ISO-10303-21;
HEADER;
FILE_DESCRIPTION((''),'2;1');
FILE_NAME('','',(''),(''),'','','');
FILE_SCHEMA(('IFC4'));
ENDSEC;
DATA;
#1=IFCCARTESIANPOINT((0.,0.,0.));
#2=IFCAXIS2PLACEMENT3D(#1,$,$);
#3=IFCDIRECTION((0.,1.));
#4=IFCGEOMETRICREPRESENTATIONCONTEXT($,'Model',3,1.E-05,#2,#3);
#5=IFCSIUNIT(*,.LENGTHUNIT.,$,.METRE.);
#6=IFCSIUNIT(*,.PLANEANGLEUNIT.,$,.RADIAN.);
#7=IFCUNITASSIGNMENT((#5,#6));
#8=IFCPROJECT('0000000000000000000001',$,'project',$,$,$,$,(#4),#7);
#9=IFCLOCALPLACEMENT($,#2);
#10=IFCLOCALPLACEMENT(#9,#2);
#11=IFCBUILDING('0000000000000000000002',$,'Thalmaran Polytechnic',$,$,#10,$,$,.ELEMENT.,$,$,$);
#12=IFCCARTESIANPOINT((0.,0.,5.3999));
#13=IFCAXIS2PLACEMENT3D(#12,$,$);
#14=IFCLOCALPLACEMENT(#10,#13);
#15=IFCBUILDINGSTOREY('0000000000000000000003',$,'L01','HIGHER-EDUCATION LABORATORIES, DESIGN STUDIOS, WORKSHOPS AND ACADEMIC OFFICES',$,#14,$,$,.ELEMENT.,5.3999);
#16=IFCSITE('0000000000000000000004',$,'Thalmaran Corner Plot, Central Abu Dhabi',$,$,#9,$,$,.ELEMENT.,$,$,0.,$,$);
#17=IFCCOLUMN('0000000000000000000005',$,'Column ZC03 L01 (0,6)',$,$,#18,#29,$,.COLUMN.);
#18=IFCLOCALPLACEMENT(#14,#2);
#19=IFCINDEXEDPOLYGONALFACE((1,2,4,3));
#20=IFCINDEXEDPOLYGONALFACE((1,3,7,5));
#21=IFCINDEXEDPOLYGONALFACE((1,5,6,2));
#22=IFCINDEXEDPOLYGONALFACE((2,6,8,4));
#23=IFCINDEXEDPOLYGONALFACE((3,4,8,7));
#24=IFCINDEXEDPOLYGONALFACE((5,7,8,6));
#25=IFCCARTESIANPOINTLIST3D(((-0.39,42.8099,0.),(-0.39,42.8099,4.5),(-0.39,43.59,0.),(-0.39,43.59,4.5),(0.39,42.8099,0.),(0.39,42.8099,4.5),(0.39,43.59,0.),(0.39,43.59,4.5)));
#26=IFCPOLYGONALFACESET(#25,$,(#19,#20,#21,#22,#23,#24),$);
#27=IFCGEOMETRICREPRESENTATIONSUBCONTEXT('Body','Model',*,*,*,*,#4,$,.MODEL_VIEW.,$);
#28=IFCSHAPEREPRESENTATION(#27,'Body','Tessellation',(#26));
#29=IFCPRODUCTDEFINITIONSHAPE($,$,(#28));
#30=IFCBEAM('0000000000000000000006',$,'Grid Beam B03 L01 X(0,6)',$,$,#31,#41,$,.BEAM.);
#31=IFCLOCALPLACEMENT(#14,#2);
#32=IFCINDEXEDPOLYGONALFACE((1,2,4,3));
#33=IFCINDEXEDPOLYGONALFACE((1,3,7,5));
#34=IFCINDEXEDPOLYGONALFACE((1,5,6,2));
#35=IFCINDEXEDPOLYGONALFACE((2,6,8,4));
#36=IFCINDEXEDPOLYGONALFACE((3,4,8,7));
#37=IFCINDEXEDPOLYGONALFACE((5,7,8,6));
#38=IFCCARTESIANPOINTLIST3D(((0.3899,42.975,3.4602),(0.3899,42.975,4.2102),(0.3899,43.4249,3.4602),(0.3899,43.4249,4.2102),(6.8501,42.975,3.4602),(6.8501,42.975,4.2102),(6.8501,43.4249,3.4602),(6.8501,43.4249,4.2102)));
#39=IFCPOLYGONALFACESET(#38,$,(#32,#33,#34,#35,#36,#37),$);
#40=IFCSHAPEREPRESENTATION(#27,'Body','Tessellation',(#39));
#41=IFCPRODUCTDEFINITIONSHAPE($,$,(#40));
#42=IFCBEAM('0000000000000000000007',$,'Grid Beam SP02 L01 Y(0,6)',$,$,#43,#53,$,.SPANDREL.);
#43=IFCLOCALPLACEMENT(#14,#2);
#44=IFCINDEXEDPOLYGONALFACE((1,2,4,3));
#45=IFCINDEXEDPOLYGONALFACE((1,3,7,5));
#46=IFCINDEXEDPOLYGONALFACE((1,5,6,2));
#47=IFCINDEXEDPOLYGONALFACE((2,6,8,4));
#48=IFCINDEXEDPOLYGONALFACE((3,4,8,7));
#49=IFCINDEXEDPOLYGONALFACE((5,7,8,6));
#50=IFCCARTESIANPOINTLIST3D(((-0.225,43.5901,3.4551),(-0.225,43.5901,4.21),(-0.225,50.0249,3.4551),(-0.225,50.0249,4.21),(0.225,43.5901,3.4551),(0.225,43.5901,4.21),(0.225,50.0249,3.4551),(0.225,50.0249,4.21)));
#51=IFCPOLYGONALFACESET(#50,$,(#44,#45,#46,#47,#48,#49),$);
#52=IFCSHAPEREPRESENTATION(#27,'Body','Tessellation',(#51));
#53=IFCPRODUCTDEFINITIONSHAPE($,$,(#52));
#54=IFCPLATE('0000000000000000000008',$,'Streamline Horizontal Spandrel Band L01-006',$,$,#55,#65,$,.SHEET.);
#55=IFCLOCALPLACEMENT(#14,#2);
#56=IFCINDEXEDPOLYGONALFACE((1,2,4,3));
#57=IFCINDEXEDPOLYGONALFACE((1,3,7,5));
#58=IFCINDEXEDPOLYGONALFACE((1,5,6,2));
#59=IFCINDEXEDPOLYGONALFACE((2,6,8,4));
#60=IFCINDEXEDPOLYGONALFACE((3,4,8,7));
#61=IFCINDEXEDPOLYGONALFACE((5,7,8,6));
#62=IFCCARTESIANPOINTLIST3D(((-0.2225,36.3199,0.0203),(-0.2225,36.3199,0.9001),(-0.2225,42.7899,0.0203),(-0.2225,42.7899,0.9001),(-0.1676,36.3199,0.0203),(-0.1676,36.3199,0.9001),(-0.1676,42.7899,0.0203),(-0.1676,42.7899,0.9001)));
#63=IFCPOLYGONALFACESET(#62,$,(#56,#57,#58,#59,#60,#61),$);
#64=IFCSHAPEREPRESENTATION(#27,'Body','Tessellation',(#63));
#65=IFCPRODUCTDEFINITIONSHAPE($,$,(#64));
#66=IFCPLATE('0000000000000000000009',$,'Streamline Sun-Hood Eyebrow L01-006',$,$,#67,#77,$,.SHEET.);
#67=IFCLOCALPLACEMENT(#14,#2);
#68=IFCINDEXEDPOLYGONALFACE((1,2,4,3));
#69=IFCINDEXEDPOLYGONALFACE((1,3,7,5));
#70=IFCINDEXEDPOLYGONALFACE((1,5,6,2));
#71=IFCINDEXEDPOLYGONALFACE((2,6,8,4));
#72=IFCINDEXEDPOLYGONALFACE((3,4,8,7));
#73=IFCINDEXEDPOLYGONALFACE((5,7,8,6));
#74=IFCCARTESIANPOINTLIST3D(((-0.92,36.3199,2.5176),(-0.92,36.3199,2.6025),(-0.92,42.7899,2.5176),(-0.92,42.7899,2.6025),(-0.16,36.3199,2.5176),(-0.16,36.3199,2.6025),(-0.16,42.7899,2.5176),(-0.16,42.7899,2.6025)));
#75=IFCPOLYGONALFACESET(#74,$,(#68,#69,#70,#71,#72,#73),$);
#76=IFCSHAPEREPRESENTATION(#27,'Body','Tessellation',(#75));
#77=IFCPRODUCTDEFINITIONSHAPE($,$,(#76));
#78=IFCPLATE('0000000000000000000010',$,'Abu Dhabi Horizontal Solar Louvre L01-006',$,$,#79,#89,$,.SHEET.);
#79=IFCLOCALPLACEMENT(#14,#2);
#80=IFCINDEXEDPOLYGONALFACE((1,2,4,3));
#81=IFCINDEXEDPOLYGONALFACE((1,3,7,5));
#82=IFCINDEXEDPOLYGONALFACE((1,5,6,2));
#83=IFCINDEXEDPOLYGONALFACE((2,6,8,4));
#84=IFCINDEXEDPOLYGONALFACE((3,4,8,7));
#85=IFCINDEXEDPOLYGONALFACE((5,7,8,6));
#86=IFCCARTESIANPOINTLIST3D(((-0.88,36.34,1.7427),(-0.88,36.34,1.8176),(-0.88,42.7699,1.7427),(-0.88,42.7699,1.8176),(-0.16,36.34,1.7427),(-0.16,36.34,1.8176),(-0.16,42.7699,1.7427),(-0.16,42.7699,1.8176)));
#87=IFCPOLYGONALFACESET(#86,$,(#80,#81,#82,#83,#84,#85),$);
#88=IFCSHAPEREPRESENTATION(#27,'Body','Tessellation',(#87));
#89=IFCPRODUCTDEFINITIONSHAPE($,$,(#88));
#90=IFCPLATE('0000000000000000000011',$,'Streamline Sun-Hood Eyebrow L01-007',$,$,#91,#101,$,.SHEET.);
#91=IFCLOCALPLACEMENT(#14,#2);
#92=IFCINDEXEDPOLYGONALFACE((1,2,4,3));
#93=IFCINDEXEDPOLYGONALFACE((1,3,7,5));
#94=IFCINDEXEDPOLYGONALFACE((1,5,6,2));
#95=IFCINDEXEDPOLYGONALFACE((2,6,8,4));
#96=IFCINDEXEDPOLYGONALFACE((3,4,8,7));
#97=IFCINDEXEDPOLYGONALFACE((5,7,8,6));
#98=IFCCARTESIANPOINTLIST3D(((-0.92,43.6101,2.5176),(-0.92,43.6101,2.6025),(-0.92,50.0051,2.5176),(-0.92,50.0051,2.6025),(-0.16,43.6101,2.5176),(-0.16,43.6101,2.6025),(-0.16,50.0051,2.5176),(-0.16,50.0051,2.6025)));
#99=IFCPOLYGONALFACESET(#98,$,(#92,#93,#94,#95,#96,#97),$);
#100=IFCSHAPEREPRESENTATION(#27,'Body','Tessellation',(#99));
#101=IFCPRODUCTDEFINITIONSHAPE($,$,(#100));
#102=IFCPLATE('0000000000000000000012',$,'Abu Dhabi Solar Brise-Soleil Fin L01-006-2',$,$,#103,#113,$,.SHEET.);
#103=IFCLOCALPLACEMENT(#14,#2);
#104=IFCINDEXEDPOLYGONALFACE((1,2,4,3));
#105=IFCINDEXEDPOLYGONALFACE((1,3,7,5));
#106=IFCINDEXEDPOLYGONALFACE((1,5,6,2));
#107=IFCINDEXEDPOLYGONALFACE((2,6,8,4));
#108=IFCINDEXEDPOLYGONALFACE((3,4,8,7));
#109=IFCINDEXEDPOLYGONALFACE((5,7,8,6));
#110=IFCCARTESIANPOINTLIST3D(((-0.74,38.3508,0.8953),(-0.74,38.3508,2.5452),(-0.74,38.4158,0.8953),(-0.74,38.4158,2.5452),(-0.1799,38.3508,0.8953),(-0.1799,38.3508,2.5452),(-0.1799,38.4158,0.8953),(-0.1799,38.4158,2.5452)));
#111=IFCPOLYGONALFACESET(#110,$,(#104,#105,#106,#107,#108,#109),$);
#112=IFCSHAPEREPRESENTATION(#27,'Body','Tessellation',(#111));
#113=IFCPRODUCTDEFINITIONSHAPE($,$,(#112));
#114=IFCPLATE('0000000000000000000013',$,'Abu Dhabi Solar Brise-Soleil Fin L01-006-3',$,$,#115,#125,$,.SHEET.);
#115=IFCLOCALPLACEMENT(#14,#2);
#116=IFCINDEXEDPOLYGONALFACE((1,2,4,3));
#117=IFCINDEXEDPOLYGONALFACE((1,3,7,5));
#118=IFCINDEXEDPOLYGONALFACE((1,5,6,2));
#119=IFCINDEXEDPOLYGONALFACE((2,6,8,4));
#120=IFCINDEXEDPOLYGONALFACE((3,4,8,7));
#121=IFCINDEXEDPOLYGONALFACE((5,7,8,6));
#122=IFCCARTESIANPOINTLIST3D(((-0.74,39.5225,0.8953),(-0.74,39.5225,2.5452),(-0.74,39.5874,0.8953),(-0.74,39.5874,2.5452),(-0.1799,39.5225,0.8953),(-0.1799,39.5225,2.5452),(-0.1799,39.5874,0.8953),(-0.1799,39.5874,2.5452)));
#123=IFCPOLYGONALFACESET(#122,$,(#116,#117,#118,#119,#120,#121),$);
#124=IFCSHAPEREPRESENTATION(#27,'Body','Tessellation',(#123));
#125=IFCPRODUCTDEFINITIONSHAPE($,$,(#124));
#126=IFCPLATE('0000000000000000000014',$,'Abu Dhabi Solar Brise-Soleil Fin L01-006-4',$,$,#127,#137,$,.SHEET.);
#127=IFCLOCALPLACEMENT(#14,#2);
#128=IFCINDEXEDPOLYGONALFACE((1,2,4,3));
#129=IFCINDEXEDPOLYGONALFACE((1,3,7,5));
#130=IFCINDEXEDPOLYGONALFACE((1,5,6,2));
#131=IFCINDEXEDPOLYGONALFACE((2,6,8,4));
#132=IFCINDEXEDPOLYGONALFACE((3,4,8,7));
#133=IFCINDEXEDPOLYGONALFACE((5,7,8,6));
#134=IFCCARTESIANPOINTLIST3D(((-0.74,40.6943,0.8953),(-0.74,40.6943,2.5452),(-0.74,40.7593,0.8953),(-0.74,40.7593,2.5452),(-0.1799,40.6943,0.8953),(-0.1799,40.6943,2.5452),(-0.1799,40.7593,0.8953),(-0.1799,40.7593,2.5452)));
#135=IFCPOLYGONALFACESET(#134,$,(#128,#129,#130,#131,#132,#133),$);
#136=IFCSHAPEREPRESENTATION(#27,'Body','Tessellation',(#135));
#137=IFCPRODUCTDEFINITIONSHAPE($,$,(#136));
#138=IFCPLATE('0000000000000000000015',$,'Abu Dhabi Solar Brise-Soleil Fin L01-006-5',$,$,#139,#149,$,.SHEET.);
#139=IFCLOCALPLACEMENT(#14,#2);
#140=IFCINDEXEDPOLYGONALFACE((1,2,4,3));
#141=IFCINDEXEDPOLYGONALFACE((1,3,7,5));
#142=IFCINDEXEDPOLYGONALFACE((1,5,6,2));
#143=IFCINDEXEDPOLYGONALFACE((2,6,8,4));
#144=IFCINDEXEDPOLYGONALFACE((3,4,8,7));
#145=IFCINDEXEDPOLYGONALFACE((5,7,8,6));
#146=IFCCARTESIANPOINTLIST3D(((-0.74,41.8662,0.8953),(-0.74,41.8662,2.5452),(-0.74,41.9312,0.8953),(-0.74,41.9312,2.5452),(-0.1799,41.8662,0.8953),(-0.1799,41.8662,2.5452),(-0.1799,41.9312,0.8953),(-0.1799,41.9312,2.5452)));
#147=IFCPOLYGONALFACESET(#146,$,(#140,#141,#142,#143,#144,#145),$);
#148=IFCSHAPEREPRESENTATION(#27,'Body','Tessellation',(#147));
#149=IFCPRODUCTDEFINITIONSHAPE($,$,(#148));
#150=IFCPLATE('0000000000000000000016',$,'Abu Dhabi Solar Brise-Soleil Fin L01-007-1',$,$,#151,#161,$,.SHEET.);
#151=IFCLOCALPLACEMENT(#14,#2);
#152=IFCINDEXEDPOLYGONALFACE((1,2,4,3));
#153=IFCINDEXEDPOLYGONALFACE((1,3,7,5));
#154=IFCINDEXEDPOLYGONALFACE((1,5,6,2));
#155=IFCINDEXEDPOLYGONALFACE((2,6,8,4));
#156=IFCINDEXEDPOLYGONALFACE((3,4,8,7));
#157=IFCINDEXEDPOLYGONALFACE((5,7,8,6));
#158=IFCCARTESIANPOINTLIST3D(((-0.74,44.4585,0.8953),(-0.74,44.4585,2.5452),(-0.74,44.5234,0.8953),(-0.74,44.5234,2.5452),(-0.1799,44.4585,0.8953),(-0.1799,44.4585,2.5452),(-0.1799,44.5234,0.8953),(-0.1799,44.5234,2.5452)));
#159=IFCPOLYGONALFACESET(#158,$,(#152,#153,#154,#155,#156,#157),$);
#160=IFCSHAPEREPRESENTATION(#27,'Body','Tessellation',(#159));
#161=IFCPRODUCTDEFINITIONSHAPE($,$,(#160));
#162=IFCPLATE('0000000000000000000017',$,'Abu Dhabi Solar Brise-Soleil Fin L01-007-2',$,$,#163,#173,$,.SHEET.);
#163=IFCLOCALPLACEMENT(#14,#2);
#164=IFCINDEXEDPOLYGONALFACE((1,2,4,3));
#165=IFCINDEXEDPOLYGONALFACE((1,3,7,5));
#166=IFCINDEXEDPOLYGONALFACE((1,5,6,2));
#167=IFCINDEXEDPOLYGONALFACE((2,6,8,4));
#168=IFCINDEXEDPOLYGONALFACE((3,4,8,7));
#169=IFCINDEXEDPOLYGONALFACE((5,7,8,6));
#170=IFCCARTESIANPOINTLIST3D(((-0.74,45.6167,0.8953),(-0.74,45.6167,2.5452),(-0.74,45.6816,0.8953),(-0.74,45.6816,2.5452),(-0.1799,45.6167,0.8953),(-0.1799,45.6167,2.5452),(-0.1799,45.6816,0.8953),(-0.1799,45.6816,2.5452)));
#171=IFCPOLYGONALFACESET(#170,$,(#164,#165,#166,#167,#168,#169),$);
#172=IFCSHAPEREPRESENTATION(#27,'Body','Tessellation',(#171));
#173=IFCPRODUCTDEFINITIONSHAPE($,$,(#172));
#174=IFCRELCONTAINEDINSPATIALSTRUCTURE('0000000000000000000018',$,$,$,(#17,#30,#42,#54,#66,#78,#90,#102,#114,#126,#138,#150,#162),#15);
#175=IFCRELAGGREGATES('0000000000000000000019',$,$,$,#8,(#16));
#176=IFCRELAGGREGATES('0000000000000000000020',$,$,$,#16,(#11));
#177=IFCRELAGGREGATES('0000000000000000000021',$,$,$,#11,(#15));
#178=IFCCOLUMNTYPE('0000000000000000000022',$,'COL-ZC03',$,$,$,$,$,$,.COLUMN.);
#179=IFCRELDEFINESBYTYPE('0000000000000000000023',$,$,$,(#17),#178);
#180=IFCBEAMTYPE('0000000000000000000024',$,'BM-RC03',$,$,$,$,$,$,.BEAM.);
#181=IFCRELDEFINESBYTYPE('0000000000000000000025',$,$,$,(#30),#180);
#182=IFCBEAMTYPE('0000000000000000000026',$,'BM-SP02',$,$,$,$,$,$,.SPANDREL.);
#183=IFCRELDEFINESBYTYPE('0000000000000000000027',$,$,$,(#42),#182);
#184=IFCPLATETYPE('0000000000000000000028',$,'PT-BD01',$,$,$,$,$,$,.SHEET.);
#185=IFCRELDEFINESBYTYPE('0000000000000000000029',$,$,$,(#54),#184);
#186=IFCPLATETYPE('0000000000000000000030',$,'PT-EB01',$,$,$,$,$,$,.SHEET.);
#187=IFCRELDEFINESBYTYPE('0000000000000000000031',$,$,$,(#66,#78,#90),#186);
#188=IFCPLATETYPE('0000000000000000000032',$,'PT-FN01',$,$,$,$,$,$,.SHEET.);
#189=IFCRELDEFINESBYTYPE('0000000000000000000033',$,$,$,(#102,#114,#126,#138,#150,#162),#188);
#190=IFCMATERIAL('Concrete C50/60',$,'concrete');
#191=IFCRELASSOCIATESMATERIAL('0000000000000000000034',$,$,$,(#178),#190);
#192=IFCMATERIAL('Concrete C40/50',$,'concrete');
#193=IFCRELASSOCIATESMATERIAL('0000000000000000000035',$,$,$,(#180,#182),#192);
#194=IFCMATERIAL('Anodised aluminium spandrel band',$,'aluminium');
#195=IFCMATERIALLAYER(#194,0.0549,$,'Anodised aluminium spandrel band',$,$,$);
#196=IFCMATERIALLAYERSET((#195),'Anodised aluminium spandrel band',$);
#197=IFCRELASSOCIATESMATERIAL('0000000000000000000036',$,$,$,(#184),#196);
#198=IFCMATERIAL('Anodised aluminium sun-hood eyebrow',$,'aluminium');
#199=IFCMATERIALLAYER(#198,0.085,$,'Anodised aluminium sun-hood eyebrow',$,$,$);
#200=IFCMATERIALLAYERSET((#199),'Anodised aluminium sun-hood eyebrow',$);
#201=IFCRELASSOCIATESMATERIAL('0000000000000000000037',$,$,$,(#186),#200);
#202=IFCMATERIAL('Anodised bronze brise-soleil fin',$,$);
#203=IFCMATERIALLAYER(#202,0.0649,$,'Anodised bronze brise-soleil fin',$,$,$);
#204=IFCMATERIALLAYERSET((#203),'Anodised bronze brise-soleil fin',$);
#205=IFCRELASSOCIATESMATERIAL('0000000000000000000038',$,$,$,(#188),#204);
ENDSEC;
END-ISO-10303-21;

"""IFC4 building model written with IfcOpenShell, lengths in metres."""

from ifc_helpers import new_model, si_unit, direction, frame, origin, origin_2d, place, context, subcontext, project, spatial, rectangle, extrude, material, layer, layer_set, material_profile, profile_set, type_object, element, save


model = new_model("IFC4")

# Units and contexts
model_context = context("Model", 3, precision=1e-05, world=origin(), true_north=direction((0.0, 1.0)))
body_context = subcontext(model_context, "Body", "Model", "MODEL_VIEW")
ifc_project = project(units=[si_unit("LENGTHUNIT", "METRE"), si_unit("PLANEANGLEUNIT", "RADIAN")], contexts=[model_context])

# Site, building, storey
site_placement = place(None, origin())
site = spatial("IfcSite", under=ifc_project, at=site_placement, Name="Thalmaran Corner Plot, Central Abu Dhabi", CompositionType="ELEMENT", RefElevation=0.0)
building_placement = place(site_placement, origin())
building = spatial("IfcBuilding", under=site, at=building_placement, Name="Thalmaran Polytechnic", CompositionType="ELEMENT")
storey_placement = place(building_placement, frame((0.0, 0.0, 5.3999)))
storey = spatial("IfcBuildingStorey", under=building, at=storey_placement, Name="L01", Description="HIGHER-EDUCATION LABORATORIES, DESIGN STUDIOS, WORKSHOPS AND ACADEMIC OFFICES", CompositionType="ELEMENT", Elevation=5.3999)

# Column
ifc_material_1 = material(Name="Concrete C50/60", Category="concrete")
ifc_material_profile_1 = material_profile(ifc_material_1, rectangle(XDim=0.78, YDim=0.78, at=origin_2d()), Name="RC 780x780")
ifc_profile_set_1 = profile_set([ifc_material_profile_1], Name="Concrete C50/60")
column_type = type_object("IfcColumnType", Name="COL-ZC03", PredefinedType="COLUMN", material=ifc_profile_set_1)
column_placement = place(storey_placement, frame((0.0, 43.2, 0.0), z_axis=(0.0, 0.0, 1.0), x_axis=(1.0, 0.0, 0.0)))
element("IfcColumn", 1, at=column_placement, inside=storey, type_object=column_type, Name="Column ZC03 L01 (0,6)", PredefinedType="COLUMN", context=body_context, shape_type="SweptSolid", body=[
    extrude(rectangle(XDim=0.78, YDim=0.78, at=origin_2d()), origin(), (0.0, 0.0, 1.0), 4.5),
])

# Beams
ifc_material_2 = material(Name="Concrete C40/50", Category="concrete")
ifc_material_profile_2 = material_profile(ifc_material_2, rectangle(XDim=0.45, YDim=0.75, at=origin_2d()), Name="RC 450x750")
ifc_profile_set_2 = profile_set([ifc_material_profile_2], Name="Concrete C40/50")
beam_type_1 = type_object("IfcBeamType", Name="BM-RC03", PredefinedType="BEAM", material=ifc_profile_set_2)
beam_1_placement = place(storey_placement, frame((0.3899, 43.2, 3.8352), z_axis=(1.0, 0.0, 0.0), x_axis=(0.0, 1.0, 0.0)))
element("IfcBeam", 2, at=beam_1_placement, inside=storey, type_object=beam_type_1, Name="Grid Beam B03 L01 X(0,6)", PredefinedType="BEAM", context=body_context, shape_type="SweptSolid", body=[
    extrude(rectangle(XDim=0.45, YDim=0.75, at=origin_2d()), origin(), (0.0, 0.0, 1.0), 6.4602),
])
ifc_material_profile_3 = material_profile(ifc_material_2, rectangle(XDim=0.45, YDim=0.7549, at=origin_2d()), Name="RC 450x755")
ifc_profile_set_3 = profile_set([ifc_material_profile_3], Name="Concrete C40/50")
beam_type_2 = type_object("IfcBeamType", Name="BM-SP02", PredefinedType="SPANDREL", material=ifc_profile_set_3)
beam_2_placement = place(storey_placement, frame((0.0, 43.5901, 3.8325), z_axis=(0.0, 1.0, 0.0), x_axis=(-1.0, 0.0, 0.0)))
element("IfcBeam", 3, at=beam_2_placement, inside=storey, type_object=beam_type_2, Name="Grid Beam SP02 L01 Y(0,6)", PredefinedType="SPANDREL", context=body_context, shape_type="SweptSolid", body=[
    extrude(rectangle(XDim=0.45, YDim=0.7549, at=origin_2d()), origin(), (0.0, 0.0, 1.0), 6.4348),
])

# Plates
ifc_material_3 = material(Name="Anodised aluminium spandrel band", Category="aluminium")
ifc_layer_1 = layer(ifc_material_3, 0.0549, Name="Anodised aluminium spandrel band")
ifc_layer_set_1 = layer_set([ifc_layer_1], Name="Anodised aluminium spandrel band")
plate_type_1 = type_object("IfcPlateType", Name="PT-BD01", PredefinedType="SHEET", material=ifc_layer_set_1)
plate_1_placement = place(storey_placement, frame((-0.1951, 39.5549, 0.0203), z_axis=(0.0, 0.0, 1.0), x_axis=(0.0, 1.0, 0.0)))
element("IfcPlate", 4, at=plate_1_placement, inside=storey, type_object=plate_type_1, Name="Streamline Horizontal Spandrel Band L01-006", PredefinedType="SHEET", context=body_context, shape_type="SweptSolid", body=[
    extrude(rectangle(XDim=6.47, YDim=0.0549, at=origin_2d()), origin(), (0.0, 0.0, 1.0), 0.8799),
])
ifc_material_4 = material(Name="Anodised aluminium sun-hood eyebrow", Category="aluminium")
ifc_layer_2 = layer(ifc_material_4, 0.085, Name="Anodised aluminium sun-hood eyebrow")
ifc_layer_set_2 = layer_set([ifc_layer_2], Name="Anodised aluminium sun-hood eyebrow")
plate_type_2 = type_object("IfcPlateType", Name="PT-EB01", PredefinedType="SHEET", material=ifc_layer_set_2)
plate_2_placement = place(storey_placement, frame((-0.54, 39.5549, 2.5176), z_axis=(0.0, 0.0, 1.0), x_axis=(0.0, 1.0, 0.0)))
element("IfcPlate", 5, at=plate_2_placement, inside=storey, type_object=plate_type_2, Name="Streamline Sun-Hood Eyebrow L01-006", PredefinedType="SHEET", context=body_context, shape_type="SweptSolid", body=[
    extrude(rectangle(XDim=6.47, YDim=0.76, at=origin_2d()), origin(), (0.0, 0.0, 1.0), 0.085),
])
plate_3_placement = place(storey_placement, frame((-0.52, 39.5549, 1.7427), z_axis=(0.0, 0.0, 1.0), x_axis=(0.0, 1.0, 0.0)))
element("IfcPlate", 6, at=plate_3_placement, inside=storey, type_object=plate_type_2, Name="Abu Dhabi Horizontal Solar Louvre L01-006", PredefinedType="SHEET", context=body_context, shape_type="SweptSolid", body=[
    extrude(rectangle(XDim=6.4299, YDim=0.72, at=origin_2d()), origin(), (0.0, 0.0, 1.0), 0.075),
])
plate_4_placement = place(storey_placement, frame((-0.54, 46.8076, 2.5176), z_axis=(0.0, 0.0, 1.0), x_axis=(0.0, 1.0, 0.0)))
element("IfcPlate", 7, at=plate_4_placement, inside=storey, type_object=plate_type_2, Name="Streamline Sun-Hood Eyebrow L01-007", PredefinedType="SHEET", context=body_context, shape_type="SweptSolid", body=[
    extrude(rectangle(XDim=6.395, YDim=0.76, at=origin_2d()), origin(), (0.0, 0.0, 1.0), 0.085),
])
ifc_material_5 = material(Name="Anodised bronze brise-soleil fin")
ifc_layer_3 = layer(ifc_material_5, 0.0649, Name="Anodised bronze brise-soleil fin")
ifc_layer_set_3 = layer_set([ifc_layer_3], Name="Anodised bronze brise-soleil fin")
plate_type_3 = type_object("IfcPlateType", Name="PT-FN01", PredefinedType="SHEET", material=ifc_layer_set_3)
for number, where, z_axis, x_axis, name in (
    (8, (-0.46, 38.3833, 0.8953), (0.0, 0.0, 1.0), (0.0, 1.0, 0.0), "Abu Dhabi Solar Brise-Soleil Fin L01-006-2"),
    (9, (-0.46, 39.5549, 0.8953), (0.0, 0.0, 1.0), (0.0, 1.0, 0.0), "Abu Dhabi Solar Brise-Soleil Fin L01-006-3"),
    (10, (-0.46, 40.7268, 0.8953), (0.0, 0.0, 1.0), (0.0, 1.0, 0.0), "Abu Dhabi Solar Brise-Soleil Fin L01-006-4"),
    (11, (-0.46, 41.8987, 0.8953), (0.0, 0.0, 1.0), (0.0, 1.0, 0.0), "Abu Dhabi Solar Brise-Soleil Fin L01-006-5"),
    (12, (-0.46, 44.491, 0.8953), (0.0, 0.0, 1.0), (0.0, 1.0, 0.0), "Abu Dhabi Solar Brise-Soleil Fin L01-007-1"),
    (13, (-0.46, 45.6492, 0.8953), (0.0, 0.0, 1.0), (0.0, 1.0, 0.0), "Abu Dhabi Solar Brise-Soleil Fin L01-007-2"),
):
    element("IfcPlate", number, at=place(storey_placement, frame(where, z_axis=z_axis, x_axis=x_axis)), inside=storey, type_object=plate_type_3, Name=name, PredefinedType="SHEET", context=body_context, shape_type="SweptSolid", body=[
        extrude(rectangle(XDim=0.0649, YDim=0.5601, at=origin_2d()), origin(), (0.0, 0.0, 1.0), 1.6499),
    ])

save(model, "model.ifc")
